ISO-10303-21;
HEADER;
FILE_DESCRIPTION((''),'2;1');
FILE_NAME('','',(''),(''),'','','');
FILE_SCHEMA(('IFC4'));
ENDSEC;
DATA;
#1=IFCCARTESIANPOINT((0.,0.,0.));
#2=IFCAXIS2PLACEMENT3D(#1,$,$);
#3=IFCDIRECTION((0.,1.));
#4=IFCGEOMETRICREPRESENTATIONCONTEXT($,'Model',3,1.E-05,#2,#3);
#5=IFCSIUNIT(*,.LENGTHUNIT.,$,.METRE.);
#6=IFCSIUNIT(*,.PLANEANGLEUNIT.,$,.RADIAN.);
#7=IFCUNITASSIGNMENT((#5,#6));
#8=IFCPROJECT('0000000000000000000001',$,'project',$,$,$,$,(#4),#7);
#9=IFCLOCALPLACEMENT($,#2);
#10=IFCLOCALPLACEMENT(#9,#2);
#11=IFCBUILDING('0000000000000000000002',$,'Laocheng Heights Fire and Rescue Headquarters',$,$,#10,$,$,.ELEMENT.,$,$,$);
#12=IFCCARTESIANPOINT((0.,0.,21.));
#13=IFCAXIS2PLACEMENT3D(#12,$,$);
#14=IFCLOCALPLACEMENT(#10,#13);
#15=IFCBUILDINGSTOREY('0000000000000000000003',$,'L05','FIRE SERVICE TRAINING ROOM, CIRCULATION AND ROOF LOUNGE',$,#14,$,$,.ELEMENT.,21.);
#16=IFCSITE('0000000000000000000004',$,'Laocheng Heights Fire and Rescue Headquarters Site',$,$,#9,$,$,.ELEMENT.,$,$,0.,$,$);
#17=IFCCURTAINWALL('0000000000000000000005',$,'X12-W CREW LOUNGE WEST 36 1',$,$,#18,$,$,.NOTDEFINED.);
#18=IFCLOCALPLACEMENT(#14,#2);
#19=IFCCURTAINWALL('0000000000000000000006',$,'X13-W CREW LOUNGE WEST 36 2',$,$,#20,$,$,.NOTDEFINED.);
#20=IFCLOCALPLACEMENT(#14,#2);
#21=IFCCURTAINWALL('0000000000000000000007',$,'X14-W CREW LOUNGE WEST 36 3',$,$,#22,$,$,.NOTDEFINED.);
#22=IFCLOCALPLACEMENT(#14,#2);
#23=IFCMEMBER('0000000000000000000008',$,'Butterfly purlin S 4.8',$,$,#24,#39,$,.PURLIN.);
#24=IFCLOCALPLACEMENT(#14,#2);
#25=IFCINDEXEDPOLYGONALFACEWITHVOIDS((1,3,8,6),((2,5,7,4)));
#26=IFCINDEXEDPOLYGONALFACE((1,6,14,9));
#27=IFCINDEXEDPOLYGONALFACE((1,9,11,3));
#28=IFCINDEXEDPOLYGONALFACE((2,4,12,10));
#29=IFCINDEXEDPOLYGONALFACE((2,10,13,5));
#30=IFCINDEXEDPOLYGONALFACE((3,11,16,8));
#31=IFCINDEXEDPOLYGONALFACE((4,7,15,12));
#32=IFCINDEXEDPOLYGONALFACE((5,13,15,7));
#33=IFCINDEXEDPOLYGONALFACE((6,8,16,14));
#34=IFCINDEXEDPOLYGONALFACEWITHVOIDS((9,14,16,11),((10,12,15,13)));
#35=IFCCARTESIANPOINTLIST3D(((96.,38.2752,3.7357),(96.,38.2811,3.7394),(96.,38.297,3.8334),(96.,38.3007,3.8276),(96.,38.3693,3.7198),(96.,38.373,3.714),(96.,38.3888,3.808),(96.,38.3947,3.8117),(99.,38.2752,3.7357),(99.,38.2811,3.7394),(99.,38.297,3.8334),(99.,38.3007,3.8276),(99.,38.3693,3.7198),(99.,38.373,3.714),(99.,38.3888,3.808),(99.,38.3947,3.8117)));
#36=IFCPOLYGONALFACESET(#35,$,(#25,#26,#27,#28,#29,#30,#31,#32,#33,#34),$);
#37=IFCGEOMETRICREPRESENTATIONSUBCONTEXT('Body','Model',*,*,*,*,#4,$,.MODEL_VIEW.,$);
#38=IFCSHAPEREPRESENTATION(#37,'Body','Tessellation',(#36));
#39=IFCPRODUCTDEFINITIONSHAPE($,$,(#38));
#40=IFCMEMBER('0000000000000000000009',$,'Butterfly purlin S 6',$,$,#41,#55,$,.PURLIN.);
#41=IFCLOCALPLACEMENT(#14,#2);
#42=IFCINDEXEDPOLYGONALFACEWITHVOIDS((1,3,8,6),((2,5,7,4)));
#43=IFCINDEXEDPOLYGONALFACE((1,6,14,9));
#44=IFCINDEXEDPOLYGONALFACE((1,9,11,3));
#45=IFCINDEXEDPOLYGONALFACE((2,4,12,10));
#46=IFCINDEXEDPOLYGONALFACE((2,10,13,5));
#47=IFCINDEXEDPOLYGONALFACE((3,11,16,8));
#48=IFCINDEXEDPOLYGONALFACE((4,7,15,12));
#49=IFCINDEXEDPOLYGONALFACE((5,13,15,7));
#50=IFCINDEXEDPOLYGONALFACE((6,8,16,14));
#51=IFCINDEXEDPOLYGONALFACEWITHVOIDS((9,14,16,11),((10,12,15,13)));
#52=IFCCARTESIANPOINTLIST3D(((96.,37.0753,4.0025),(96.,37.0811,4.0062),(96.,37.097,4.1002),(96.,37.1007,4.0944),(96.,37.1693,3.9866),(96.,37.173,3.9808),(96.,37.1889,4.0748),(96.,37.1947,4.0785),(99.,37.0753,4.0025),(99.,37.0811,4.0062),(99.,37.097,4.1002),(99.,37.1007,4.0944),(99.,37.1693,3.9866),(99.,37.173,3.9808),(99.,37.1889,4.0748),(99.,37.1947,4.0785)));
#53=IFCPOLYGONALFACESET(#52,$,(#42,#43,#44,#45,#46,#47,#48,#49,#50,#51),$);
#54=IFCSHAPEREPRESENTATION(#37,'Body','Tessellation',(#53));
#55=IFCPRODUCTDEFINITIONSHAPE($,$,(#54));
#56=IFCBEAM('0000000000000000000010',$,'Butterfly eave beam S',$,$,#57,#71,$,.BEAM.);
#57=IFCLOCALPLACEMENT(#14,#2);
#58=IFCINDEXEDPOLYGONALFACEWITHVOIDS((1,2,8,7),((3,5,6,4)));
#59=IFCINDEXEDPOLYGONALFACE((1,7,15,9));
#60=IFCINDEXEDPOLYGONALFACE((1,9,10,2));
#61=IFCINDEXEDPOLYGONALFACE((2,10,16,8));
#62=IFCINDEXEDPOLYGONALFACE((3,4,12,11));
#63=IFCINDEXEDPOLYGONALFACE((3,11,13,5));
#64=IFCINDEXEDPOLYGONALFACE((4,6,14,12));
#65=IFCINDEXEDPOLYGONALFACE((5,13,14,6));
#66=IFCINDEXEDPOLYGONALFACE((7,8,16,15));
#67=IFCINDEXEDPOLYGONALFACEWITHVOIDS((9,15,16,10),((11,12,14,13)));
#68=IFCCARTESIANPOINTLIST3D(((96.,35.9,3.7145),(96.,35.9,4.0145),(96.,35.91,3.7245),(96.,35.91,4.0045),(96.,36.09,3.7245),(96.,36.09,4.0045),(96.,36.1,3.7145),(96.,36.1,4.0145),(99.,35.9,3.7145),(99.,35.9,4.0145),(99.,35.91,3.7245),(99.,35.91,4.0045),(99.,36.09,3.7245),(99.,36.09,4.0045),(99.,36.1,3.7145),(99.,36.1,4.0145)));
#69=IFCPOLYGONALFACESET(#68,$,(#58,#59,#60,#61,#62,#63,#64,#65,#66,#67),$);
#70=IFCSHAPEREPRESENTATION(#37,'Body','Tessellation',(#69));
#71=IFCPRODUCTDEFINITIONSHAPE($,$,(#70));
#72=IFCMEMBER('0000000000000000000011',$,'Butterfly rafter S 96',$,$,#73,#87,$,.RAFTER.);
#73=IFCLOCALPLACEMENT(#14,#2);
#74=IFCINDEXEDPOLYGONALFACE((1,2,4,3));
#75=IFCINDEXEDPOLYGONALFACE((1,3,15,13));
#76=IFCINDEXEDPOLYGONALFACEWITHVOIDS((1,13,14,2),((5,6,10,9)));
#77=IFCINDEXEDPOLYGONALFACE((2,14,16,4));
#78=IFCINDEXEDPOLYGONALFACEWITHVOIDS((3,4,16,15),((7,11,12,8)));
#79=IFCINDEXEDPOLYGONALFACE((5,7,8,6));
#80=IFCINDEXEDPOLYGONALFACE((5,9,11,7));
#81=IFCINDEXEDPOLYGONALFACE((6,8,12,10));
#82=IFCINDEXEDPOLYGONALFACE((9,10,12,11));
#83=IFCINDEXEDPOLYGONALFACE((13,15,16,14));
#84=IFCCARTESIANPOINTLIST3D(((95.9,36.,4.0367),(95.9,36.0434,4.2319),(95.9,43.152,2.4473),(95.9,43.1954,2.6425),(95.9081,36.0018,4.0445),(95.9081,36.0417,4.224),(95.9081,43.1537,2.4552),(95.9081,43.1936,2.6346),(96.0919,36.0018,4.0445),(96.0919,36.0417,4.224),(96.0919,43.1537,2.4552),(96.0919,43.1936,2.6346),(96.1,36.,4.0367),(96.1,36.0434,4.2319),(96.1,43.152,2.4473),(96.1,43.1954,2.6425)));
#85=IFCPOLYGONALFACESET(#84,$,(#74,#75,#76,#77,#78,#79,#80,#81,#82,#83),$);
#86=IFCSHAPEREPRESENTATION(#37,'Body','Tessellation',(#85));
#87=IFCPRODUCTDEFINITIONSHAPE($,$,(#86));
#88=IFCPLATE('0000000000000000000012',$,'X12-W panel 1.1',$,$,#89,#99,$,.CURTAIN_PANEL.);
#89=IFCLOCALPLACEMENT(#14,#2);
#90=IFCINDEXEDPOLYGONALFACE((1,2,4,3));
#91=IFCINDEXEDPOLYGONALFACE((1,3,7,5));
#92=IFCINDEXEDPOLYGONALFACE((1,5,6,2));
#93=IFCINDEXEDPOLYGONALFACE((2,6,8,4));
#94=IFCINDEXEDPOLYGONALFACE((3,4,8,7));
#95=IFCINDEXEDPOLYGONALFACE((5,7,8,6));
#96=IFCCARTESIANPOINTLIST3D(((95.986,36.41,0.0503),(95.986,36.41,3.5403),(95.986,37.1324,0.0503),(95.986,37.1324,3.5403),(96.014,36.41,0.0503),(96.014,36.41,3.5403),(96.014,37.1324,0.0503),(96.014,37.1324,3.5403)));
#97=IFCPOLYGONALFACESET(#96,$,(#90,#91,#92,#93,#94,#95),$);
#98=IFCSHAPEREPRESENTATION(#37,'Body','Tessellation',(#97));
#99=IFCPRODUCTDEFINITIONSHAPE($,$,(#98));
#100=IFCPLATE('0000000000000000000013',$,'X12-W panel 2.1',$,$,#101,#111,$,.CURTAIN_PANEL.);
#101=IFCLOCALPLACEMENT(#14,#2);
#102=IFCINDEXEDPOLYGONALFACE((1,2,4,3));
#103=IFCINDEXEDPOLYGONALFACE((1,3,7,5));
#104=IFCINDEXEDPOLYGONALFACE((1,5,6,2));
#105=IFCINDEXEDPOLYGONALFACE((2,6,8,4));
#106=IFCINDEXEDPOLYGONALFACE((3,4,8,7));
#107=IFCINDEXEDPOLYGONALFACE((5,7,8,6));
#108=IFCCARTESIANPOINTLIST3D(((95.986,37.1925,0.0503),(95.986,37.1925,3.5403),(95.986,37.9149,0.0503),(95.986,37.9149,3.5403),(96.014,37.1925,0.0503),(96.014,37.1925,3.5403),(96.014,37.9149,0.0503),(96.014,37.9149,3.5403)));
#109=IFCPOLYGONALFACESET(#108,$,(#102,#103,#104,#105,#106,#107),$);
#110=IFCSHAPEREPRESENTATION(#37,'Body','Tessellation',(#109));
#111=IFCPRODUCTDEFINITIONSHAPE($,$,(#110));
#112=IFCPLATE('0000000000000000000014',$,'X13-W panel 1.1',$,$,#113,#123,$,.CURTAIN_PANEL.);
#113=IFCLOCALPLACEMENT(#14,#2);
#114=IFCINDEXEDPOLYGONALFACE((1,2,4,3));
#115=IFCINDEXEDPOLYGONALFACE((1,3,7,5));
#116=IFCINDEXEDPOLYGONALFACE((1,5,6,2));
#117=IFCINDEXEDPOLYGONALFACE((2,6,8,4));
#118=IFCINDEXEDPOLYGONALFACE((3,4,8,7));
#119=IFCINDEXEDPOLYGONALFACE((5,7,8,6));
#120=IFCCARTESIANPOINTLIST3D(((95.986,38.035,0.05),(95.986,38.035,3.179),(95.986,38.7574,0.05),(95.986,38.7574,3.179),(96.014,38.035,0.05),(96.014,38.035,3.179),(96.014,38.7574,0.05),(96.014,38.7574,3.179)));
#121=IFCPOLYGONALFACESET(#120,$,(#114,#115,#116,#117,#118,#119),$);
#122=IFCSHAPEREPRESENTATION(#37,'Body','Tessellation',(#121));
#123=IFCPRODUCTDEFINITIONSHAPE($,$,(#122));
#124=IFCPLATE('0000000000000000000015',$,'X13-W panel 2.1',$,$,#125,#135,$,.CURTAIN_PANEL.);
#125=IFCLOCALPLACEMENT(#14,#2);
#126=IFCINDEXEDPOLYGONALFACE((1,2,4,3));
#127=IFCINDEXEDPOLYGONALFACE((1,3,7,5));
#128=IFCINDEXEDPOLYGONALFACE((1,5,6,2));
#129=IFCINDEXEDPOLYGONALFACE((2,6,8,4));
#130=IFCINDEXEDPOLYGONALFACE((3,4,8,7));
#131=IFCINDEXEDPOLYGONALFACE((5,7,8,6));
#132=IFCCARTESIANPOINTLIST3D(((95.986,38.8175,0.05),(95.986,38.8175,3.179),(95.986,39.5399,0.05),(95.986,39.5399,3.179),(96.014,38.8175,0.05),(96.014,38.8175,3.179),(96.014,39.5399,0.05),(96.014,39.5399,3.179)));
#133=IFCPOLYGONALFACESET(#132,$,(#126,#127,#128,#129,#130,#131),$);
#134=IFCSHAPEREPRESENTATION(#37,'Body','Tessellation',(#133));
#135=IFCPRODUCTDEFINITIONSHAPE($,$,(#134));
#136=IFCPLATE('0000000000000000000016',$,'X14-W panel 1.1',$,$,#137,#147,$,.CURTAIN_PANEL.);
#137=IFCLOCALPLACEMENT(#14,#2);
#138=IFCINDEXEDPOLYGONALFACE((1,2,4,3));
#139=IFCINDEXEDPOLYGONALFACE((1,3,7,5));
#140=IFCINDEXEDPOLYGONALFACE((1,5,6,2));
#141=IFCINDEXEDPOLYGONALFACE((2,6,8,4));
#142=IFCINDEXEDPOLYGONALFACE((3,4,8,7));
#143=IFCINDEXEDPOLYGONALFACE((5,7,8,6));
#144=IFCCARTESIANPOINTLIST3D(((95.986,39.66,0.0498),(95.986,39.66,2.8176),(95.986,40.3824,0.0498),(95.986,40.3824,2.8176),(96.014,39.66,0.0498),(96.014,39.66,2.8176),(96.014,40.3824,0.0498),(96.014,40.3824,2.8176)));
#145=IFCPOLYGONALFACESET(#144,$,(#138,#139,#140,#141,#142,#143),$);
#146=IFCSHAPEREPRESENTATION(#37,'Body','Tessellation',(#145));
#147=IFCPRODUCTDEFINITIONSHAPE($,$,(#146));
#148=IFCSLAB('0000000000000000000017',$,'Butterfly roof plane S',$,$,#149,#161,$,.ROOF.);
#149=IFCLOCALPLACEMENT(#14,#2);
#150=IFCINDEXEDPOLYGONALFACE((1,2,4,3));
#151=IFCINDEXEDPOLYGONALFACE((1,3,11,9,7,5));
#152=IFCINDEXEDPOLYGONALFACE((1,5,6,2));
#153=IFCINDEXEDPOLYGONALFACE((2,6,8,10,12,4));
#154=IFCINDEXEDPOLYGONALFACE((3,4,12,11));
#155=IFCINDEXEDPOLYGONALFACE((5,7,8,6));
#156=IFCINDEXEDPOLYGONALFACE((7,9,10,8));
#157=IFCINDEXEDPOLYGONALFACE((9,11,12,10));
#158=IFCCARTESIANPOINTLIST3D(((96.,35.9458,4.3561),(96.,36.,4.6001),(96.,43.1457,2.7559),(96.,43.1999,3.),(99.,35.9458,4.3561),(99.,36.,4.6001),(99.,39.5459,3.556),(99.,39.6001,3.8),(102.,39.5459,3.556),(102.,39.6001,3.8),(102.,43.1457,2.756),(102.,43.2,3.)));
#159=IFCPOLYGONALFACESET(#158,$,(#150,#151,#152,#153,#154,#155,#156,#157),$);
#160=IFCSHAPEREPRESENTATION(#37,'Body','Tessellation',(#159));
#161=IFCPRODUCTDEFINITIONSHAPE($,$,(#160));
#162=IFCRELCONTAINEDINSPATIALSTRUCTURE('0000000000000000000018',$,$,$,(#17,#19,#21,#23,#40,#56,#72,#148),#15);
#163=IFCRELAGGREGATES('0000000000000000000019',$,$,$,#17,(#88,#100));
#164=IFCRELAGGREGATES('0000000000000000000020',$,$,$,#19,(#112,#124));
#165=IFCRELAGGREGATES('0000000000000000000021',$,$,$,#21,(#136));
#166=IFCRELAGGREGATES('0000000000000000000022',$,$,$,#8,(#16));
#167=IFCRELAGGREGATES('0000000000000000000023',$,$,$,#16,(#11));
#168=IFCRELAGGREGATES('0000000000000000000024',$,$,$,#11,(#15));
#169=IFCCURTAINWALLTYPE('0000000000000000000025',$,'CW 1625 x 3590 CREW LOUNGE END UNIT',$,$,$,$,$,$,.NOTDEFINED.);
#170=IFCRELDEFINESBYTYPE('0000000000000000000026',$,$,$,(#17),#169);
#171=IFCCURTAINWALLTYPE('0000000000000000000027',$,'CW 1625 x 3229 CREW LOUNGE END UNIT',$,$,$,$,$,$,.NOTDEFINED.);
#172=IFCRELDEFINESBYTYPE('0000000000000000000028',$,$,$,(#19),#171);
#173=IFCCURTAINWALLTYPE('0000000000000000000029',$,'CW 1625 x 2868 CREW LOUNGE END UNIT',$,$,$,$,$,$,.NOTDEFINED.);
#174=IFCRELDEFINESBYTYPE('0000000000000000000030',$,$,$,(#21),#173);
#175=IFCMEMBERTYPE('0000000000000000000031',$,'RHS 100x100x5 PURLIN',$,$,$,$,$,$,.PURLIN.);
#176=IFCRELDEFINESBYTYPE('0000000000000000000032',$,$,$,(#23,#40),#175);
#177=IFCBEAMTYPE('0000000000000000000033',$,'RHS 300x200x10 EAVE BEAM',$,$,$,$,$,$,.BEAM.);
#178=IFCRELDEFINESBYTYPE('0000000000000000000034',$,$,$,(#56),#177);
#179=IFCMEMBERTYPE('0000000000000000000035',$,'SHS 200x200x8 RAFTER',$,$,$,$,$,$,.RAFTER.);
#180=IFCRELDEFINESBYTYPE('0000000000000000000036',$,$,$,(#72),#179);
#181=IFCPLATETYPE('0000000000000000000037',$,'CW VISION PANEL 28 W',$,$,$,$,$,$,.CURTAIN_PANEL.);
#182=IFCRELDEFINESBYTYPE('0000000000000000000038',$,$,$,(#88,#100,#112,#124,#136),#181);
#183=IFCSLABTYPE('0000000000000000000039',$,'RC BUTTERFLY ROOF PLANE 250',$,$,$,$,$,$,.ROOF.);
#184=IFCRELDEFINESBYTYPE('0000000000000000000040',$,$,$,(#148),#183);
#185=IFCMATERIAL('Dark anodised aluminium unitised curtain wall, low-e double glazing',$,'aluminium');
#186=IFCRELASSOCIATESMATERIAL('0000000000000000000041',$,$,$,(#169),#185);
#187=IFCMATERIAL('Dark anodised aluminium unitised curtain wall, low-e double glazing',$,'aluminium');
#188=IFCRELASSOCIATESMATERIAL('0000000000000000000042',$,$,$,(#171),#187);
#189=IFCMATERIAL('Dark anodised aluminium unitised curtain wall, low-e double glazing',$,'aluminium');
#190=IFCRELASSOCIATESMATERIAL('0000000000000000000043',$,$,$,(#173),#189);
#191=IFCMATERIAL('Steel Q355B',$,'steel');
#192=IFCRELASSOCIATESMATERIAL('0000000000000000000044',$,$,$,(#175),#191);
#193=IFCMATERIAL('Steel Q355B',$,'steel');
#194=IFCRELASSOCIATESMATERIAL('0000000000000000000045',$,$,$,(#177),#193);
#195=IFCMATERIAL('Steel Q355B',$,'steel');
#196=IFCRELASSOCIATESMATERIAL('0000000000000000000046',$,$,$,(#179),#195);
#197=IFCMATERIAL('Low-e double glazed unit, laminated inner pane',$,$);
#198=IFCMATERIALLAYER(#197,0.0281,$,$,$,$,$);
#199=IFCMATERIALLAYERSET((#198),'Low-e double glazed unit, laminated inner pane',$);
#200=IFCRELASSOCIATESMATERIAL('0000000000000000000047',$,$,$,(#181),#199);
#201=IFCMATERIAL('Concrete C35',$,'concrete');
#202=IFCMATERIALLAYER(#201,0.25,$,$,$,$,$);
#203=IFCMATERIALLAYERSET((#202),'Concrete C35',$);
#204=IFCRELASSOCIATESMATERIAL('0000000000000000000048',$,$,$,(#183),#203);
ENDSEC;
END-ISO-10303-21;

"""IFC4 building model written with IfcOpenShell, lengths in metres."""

from ifc_helpers import new_model, si_unit, direction, frame, origin, origin_2d, place, context, subcontext, project, spatial, polyline, rectangle, hollow_rectangle, outline, extrude, material, layer, layer_set, material_profile, profile_set, type_object, element, aggregate, save


model = new_model("IFC4")

# Units and contexts
model_context = context("Model", 3, precision=1e-05, world=origin(), true_north=direction((0.0, 1.0)))
body_context = subcontext(model_context, "Body", "Model", "MODEL_VIEW")
ifc_project = project(units=[si_unit("LENGTHUNIT", "METRE"), si_unit("PLANEANGLEUNIT", "RADIAN")], contexts=[model_context])

# Site, building, storey
site_placement = place(None, origin())
site = spatial("IfcSite", under=ifc_project, at=site_placement, Name="Laocheng Heights Fire and Rescue Headquarters Site", CompositionType="ELEMENT", RefElevation=0.0)
building_placement = place(site_placement, origin())
building = spatial("IfcBuilding", under=site, at=building_placement, Name="Laocheng Heights Fire and Rescue Headquarters", CompositionType="ELEMENT")
storey_placement = place(building_placement, frame((0.0, 0.0, 21.0)))
storey = spatial("IfcBuildingStorey", under=building, at=storey_placement, Name="L05", Description="FIRE SERVICE TRAINING ROOM, CIRCULATION AND ROOF LOUNGE", CompositionType="ELEMENT", Elevation=21.0)

# Curtain walls
ifc_material_1 = material(Name="Dark anodised aluminium unitised curtain wall, low-e double glazing", Category="aluminium")
curtain_wall_type_1 = type_object("IfcCurtainWallType", Name="CW 1625 x 3590 CREW LOUNGE END UNIT", PredefinedType="NOTDEFINED", material=ifc_material_1)
curtain_wall_1_placement = place(storey_placement, origin())
curtain_wall_1 = element("IfcCurtainWall", 1, at=curtain_wall_1_placement, inside=storey, type_object=curtain_wall_type_1, Name="X12-W CREW LOUNGE WEST 36 1", PredefinedType="NOTDEFINED")
ifc_material_2 = material(Name="Dark anodised aluminium unitised curtain wall, low-e double glazing", Category="aluminium")
curtain_wall_type_2 = type_object("IfcCurtainWallType", Name="CW 1625 x 3229 CREW LOUNGE END UNIT", PredefinedType="NOTDEFINED", material=ifc_material_2)
curtain_wall_2_placement = place(storey_placement, origin())
curtain_wall_2 = element("IfcCurtainWall", 2, at=curtain_wall_2_placement, inside=storey, type_object=curtain_wall_type_2, Name="X13-W CREW LOUNGE WEST 36 2", PredefinedType="NOTDEFINED")
ifc_material_3 = material(Name="Dark anodised aluminium unitised curtain wall, low-e double glazing", Category="aluminium")
curtain_wall_type_3 = type_object("IfcCurtainWallType", Name="CW 1625 x 2868 CREW LOUNGE END UNIT", PredefinedType="NOTDEFINED", material=ifc_material_3)
curtain_wall_3_placement = place(storey_placement, origin())
curtain_wall_3 = element("IfcCurtainWall", 3, at=curtain_wall_3_placement, inside=storey, type_object=curtain_wall_type_3, Name="X14-W CREW LOUNGE WEST 36 3", PredefinedType="NOTDEFINED")

# Members
ifc_material_4 = material(Name="Steel Q355B", Category="steel")
ifc_material_profile_1 = material_profile(ifc_material_4, hollow_rectangle(XDim=0.1001, YDim=0.1001, WallThickness=0.0049, at=origin_2d()), Name="RHS 100x100x5")
ifc_profile_set_1 = profile_set([ifc_material_profile_1], Name="Steel Q355B")
member_type_1 = type_object("IfcMemberType", Name="RHS 100x100x5 PURLIN", PredefinedType="PURLIN", material=ifc_profile_set_1)
for number, where, z_axis, x_axis, name in (
    (4, (96.0, 38.335, 3.7737), (1.0, 0.0, 0.0), (0.0, 0.976187, -0.21693), "Butterfly purlin S 4.8"),
    (5, (96.0, 37.135, 4.0405), (1.0, 0.0, 0.0), (0.0, 0.976187, -0.21693), "Butterfly purlin S 6"),
):
    element("IfcMember", number, at=place(storey_placement, frame(where, z_axis=z_axis, x_axis=x_axis)), inside=storey, type_object=member_type_1, Name=name, PredefinedType="PURLIN", context=body_context, shape_type="SweptSolid", body=[
        extrude(hollow_rectangle(XDim=0.1001, YDim=0.1001, WallThickness=0.0049, at=origin_2d()), origin(), (0.0, 0.0, 1.0), 3.0),
    ])

# Beam
ifc_material_5 = material(Name="Steel Q355B", Category="steel")
ifc_material_profile_2 = material_profile(ifc_material_5, hollow_rectangle(XDim=0.2, YDim=0.3, WallThickness=0.01, at=origin_2d()), Name="RHS 300x200x10")
ifc_profile_set_2 = profile_set([ifc_material_profile_2], Name="Steel Q355B")
beam_type = type_object("IfcBeamType", Name="RHS 300x200x10 EAVE BEAM", PredefinedType="BEAM", material=ifc_profile_set_2)
beam_placement = place(storey_placement, frame((96.0, 36.0, 3.8645), z_axis=(1.0, 0.0, 0.0), x_axis=(0.0, 1.0, 0.0)))
element("IfcBeam", 6, at=beam_placement, inside=storey, type_object=beam_type, Name="Butterfly eave beam S", PredefinedType="BEAM", context=body_context, shape_type="SweptSolid", body=[
    extrude(hollow_rectangle(XDim=0.2, YDim=0.3, WallThickness=0.01, at=origin_2d()), origin(), (0.0, 0.0, 1.0), 3.0),
])

# Member
ifc_material_6 = material(Name="Steel Q355B", Category="steel")
ifc_material_profile_3 = material_profile(ifc_material_6, hollow_rectangle(XDim=0.2, YDim=0.2, WallThickness=0.0081, at=origin_2d()), Name="SHS 200x200x8")
ifc_profile_set_3 = profile_set([ifc_material_profile_3], Name="Steel Q355B")
member_type_2 = type_object("IfcMemberType", Name="SHS 200x200x8 RAFTER", PredefinedType="RAFTER", material=ifc_profile_set_3)
member_1_placement = place(storey_placement, frame((96.0, 36.0217, 4.1343), z_axis=(0.0, 0.976185, -0.216938), x_axis=(-1.0, 0.0, 0.0)))
element("IfcMember", 7, at=member_1_placement, inside=storey, type_object=member_type_2, Name="Butterfly rafter S 96", PredefinedType="RAFTER", context=body_context, shape_type="SweptSolid", body=[
    extrude(hollow_rectangle(XDim=0.2, YDim=0.2, WallThickness=0.0081, at=origin_2d()), origin(), (0.0, 0.0, 1.0), 7.3264),
])

# Plates
ifc_material_7 = material(Name="Low-e double glazed unit, laminated inner pane")
ifc_layer_1 = layer(ifc_material_7, 0.0281)
ifc_layer_set_1 = layer_set([ifc_layer_1], Name="Low-e double glazed unit, laminated inner pane")
plate_type = type_object("IfcPlateType", Name="CW VISION PANEL 28 W", PredefinedType="CURTAIN_PANEL", material=ifc_layer_set_1)
plate_1_placement = place(storey_placement, frame((96.0, 36.7712, 0.0503), z_axis=(0.0, 0.0, 1.0), x_axis=(0.0, 1.0, 0.0)))
plate_1 = element("IfcPlate", 8, at=plate_1_placement, type_object=plate_type, Name="X12-W panel 1.1", PredefinedType="CURTAIN_PANEL", context=body_context, shape_type="SweptSolid", body=[
    extrude(rectangle(XDim=0.7224, YDim=0.0281, at=origin_2d()), origin(), (0.0, 0.0, 1.0), 3.49),
])
plate_2_placement = place(storey_placement, frame((96.0, 37.5537, 0.0503), z_axis=(0.0, 0.0, 1.0), x_axis=(0.0, 1.0, 0.0)))
plate_2 = element("IfcPlate", 9, at=plate_2_placement, type_object=plate_type, Name="X12-W panel 2.1", PredefinedType="CURTAIN_PANEL", context=body_context, shape_type="SweptSolid", body=[
    extrude(rectangle(XDim=0.7224, YDim=0.0281, at=origin_2d()), origin(), (0.0, 0.0, 1.0), 3.49),
])
aggregate(curtain_wall_1, [plate_1, plate_2])
plate_3_placement = place(storey_placement, frame((96.0, 38.3962, 0.05), z_axis=(0.0, 0.0, 1.0), x_axis=(0.0, 1.0, 0.0)))
plate_3 = element("IfcPlate", 10, at=plate_3_placement, type_object=plate_type, Name="X13-W panel 1.1", PredefinedType="CURTAIN_PANEL", context=body_context, shape_type="SweptSolid", body=[
    extrude(rectangle(XDim=0.7224, YDim=0.0281, at=origin_2d()), origin(), (0.0, 0.0, 1.0), 3.1289),
])
plate_4_placement = place(storey_placement, frame((96.0, 39.1787, 0.05), z_axis=(0.0, 0.0, 1.0), x_axis=(0.0, 1.0, 0.0)))
plate_4 = element("IfcPlate", 11, at=plate_4_placement, type_object=plate_type, Name="X13-W panel 2.1", PredefinedType="CURTAIN_PANEL", context=body_context, shape_type="SweptSolid", body=[
    extrude(rectangle(XDim=0.7224, YDim=0.0281, at=origin_2d()), origin(), (0.0, 0.0, 1.0), 3.1289),
])
aggregate(curtain_wall_2, [plate_3, plate_4])
plate_5_placement = place(storey_placement, frame((96.0, 40.0212, 0.0498), z_axis=(0.0, 0.0, 1.0), x_axis=(0.0, 1.0, 0.0)))
plate_5 = element("IfcPlate", 12, at=plate_5_placement, type_object=plate_type, Name="X14-W panel 1.1", PredefinedType="CURTAIN_PANEL", context=body_context, shape_type="SweptSolid", body=[
    extrude(rectangle(XDim=0.7224, YDim=0.0281, at=origin_2d()), origin(), (0.0, 0.0, 1.0), 2.7678),
])
aggregate(curtain_wall_3, [plate_5])

# Slab
ifc_material_8 = material(Name="Concrete C35", Category="concrete")
ifc_layer_2 = layer(ifc_material_8, 0.25)
ifc_layer_set_2 = layer_set([ifc_layer_2], Name="Concrete C35")
slab_type = type_object("IfcSlabType", Name="RC BUTTERFLY ROOF PLANE 250", PredefinedType="ROOF", material=ifc_layer_set_2)
slab_placement = place(storey_placement, frame((96.0, 36.0, 4.6001), z_axis=(-0.000003, 0.216947, 0.976183), x_axis=(1.0, 0.000001, 0.000003)))
element("IfcSlab", 13, at=slab_placement, inside=storey, type_object=slab_type, Name="Butterfly roof plane S", PredefinedType="ROOF", context=body_context, shape_type="SweptSolid", body=[
    extrude(outline(polyline([(0.0, 0.0), (3.0, 0.0), (3.0, 3.6879), (6.0, 3.6879), (6.0, 7.3756), (0.0, 7.3756), (0.0, 0.0)])), origin(), (0.0, 0.0, -1.0), 0.25),
])

save(model, "model.ifc")
